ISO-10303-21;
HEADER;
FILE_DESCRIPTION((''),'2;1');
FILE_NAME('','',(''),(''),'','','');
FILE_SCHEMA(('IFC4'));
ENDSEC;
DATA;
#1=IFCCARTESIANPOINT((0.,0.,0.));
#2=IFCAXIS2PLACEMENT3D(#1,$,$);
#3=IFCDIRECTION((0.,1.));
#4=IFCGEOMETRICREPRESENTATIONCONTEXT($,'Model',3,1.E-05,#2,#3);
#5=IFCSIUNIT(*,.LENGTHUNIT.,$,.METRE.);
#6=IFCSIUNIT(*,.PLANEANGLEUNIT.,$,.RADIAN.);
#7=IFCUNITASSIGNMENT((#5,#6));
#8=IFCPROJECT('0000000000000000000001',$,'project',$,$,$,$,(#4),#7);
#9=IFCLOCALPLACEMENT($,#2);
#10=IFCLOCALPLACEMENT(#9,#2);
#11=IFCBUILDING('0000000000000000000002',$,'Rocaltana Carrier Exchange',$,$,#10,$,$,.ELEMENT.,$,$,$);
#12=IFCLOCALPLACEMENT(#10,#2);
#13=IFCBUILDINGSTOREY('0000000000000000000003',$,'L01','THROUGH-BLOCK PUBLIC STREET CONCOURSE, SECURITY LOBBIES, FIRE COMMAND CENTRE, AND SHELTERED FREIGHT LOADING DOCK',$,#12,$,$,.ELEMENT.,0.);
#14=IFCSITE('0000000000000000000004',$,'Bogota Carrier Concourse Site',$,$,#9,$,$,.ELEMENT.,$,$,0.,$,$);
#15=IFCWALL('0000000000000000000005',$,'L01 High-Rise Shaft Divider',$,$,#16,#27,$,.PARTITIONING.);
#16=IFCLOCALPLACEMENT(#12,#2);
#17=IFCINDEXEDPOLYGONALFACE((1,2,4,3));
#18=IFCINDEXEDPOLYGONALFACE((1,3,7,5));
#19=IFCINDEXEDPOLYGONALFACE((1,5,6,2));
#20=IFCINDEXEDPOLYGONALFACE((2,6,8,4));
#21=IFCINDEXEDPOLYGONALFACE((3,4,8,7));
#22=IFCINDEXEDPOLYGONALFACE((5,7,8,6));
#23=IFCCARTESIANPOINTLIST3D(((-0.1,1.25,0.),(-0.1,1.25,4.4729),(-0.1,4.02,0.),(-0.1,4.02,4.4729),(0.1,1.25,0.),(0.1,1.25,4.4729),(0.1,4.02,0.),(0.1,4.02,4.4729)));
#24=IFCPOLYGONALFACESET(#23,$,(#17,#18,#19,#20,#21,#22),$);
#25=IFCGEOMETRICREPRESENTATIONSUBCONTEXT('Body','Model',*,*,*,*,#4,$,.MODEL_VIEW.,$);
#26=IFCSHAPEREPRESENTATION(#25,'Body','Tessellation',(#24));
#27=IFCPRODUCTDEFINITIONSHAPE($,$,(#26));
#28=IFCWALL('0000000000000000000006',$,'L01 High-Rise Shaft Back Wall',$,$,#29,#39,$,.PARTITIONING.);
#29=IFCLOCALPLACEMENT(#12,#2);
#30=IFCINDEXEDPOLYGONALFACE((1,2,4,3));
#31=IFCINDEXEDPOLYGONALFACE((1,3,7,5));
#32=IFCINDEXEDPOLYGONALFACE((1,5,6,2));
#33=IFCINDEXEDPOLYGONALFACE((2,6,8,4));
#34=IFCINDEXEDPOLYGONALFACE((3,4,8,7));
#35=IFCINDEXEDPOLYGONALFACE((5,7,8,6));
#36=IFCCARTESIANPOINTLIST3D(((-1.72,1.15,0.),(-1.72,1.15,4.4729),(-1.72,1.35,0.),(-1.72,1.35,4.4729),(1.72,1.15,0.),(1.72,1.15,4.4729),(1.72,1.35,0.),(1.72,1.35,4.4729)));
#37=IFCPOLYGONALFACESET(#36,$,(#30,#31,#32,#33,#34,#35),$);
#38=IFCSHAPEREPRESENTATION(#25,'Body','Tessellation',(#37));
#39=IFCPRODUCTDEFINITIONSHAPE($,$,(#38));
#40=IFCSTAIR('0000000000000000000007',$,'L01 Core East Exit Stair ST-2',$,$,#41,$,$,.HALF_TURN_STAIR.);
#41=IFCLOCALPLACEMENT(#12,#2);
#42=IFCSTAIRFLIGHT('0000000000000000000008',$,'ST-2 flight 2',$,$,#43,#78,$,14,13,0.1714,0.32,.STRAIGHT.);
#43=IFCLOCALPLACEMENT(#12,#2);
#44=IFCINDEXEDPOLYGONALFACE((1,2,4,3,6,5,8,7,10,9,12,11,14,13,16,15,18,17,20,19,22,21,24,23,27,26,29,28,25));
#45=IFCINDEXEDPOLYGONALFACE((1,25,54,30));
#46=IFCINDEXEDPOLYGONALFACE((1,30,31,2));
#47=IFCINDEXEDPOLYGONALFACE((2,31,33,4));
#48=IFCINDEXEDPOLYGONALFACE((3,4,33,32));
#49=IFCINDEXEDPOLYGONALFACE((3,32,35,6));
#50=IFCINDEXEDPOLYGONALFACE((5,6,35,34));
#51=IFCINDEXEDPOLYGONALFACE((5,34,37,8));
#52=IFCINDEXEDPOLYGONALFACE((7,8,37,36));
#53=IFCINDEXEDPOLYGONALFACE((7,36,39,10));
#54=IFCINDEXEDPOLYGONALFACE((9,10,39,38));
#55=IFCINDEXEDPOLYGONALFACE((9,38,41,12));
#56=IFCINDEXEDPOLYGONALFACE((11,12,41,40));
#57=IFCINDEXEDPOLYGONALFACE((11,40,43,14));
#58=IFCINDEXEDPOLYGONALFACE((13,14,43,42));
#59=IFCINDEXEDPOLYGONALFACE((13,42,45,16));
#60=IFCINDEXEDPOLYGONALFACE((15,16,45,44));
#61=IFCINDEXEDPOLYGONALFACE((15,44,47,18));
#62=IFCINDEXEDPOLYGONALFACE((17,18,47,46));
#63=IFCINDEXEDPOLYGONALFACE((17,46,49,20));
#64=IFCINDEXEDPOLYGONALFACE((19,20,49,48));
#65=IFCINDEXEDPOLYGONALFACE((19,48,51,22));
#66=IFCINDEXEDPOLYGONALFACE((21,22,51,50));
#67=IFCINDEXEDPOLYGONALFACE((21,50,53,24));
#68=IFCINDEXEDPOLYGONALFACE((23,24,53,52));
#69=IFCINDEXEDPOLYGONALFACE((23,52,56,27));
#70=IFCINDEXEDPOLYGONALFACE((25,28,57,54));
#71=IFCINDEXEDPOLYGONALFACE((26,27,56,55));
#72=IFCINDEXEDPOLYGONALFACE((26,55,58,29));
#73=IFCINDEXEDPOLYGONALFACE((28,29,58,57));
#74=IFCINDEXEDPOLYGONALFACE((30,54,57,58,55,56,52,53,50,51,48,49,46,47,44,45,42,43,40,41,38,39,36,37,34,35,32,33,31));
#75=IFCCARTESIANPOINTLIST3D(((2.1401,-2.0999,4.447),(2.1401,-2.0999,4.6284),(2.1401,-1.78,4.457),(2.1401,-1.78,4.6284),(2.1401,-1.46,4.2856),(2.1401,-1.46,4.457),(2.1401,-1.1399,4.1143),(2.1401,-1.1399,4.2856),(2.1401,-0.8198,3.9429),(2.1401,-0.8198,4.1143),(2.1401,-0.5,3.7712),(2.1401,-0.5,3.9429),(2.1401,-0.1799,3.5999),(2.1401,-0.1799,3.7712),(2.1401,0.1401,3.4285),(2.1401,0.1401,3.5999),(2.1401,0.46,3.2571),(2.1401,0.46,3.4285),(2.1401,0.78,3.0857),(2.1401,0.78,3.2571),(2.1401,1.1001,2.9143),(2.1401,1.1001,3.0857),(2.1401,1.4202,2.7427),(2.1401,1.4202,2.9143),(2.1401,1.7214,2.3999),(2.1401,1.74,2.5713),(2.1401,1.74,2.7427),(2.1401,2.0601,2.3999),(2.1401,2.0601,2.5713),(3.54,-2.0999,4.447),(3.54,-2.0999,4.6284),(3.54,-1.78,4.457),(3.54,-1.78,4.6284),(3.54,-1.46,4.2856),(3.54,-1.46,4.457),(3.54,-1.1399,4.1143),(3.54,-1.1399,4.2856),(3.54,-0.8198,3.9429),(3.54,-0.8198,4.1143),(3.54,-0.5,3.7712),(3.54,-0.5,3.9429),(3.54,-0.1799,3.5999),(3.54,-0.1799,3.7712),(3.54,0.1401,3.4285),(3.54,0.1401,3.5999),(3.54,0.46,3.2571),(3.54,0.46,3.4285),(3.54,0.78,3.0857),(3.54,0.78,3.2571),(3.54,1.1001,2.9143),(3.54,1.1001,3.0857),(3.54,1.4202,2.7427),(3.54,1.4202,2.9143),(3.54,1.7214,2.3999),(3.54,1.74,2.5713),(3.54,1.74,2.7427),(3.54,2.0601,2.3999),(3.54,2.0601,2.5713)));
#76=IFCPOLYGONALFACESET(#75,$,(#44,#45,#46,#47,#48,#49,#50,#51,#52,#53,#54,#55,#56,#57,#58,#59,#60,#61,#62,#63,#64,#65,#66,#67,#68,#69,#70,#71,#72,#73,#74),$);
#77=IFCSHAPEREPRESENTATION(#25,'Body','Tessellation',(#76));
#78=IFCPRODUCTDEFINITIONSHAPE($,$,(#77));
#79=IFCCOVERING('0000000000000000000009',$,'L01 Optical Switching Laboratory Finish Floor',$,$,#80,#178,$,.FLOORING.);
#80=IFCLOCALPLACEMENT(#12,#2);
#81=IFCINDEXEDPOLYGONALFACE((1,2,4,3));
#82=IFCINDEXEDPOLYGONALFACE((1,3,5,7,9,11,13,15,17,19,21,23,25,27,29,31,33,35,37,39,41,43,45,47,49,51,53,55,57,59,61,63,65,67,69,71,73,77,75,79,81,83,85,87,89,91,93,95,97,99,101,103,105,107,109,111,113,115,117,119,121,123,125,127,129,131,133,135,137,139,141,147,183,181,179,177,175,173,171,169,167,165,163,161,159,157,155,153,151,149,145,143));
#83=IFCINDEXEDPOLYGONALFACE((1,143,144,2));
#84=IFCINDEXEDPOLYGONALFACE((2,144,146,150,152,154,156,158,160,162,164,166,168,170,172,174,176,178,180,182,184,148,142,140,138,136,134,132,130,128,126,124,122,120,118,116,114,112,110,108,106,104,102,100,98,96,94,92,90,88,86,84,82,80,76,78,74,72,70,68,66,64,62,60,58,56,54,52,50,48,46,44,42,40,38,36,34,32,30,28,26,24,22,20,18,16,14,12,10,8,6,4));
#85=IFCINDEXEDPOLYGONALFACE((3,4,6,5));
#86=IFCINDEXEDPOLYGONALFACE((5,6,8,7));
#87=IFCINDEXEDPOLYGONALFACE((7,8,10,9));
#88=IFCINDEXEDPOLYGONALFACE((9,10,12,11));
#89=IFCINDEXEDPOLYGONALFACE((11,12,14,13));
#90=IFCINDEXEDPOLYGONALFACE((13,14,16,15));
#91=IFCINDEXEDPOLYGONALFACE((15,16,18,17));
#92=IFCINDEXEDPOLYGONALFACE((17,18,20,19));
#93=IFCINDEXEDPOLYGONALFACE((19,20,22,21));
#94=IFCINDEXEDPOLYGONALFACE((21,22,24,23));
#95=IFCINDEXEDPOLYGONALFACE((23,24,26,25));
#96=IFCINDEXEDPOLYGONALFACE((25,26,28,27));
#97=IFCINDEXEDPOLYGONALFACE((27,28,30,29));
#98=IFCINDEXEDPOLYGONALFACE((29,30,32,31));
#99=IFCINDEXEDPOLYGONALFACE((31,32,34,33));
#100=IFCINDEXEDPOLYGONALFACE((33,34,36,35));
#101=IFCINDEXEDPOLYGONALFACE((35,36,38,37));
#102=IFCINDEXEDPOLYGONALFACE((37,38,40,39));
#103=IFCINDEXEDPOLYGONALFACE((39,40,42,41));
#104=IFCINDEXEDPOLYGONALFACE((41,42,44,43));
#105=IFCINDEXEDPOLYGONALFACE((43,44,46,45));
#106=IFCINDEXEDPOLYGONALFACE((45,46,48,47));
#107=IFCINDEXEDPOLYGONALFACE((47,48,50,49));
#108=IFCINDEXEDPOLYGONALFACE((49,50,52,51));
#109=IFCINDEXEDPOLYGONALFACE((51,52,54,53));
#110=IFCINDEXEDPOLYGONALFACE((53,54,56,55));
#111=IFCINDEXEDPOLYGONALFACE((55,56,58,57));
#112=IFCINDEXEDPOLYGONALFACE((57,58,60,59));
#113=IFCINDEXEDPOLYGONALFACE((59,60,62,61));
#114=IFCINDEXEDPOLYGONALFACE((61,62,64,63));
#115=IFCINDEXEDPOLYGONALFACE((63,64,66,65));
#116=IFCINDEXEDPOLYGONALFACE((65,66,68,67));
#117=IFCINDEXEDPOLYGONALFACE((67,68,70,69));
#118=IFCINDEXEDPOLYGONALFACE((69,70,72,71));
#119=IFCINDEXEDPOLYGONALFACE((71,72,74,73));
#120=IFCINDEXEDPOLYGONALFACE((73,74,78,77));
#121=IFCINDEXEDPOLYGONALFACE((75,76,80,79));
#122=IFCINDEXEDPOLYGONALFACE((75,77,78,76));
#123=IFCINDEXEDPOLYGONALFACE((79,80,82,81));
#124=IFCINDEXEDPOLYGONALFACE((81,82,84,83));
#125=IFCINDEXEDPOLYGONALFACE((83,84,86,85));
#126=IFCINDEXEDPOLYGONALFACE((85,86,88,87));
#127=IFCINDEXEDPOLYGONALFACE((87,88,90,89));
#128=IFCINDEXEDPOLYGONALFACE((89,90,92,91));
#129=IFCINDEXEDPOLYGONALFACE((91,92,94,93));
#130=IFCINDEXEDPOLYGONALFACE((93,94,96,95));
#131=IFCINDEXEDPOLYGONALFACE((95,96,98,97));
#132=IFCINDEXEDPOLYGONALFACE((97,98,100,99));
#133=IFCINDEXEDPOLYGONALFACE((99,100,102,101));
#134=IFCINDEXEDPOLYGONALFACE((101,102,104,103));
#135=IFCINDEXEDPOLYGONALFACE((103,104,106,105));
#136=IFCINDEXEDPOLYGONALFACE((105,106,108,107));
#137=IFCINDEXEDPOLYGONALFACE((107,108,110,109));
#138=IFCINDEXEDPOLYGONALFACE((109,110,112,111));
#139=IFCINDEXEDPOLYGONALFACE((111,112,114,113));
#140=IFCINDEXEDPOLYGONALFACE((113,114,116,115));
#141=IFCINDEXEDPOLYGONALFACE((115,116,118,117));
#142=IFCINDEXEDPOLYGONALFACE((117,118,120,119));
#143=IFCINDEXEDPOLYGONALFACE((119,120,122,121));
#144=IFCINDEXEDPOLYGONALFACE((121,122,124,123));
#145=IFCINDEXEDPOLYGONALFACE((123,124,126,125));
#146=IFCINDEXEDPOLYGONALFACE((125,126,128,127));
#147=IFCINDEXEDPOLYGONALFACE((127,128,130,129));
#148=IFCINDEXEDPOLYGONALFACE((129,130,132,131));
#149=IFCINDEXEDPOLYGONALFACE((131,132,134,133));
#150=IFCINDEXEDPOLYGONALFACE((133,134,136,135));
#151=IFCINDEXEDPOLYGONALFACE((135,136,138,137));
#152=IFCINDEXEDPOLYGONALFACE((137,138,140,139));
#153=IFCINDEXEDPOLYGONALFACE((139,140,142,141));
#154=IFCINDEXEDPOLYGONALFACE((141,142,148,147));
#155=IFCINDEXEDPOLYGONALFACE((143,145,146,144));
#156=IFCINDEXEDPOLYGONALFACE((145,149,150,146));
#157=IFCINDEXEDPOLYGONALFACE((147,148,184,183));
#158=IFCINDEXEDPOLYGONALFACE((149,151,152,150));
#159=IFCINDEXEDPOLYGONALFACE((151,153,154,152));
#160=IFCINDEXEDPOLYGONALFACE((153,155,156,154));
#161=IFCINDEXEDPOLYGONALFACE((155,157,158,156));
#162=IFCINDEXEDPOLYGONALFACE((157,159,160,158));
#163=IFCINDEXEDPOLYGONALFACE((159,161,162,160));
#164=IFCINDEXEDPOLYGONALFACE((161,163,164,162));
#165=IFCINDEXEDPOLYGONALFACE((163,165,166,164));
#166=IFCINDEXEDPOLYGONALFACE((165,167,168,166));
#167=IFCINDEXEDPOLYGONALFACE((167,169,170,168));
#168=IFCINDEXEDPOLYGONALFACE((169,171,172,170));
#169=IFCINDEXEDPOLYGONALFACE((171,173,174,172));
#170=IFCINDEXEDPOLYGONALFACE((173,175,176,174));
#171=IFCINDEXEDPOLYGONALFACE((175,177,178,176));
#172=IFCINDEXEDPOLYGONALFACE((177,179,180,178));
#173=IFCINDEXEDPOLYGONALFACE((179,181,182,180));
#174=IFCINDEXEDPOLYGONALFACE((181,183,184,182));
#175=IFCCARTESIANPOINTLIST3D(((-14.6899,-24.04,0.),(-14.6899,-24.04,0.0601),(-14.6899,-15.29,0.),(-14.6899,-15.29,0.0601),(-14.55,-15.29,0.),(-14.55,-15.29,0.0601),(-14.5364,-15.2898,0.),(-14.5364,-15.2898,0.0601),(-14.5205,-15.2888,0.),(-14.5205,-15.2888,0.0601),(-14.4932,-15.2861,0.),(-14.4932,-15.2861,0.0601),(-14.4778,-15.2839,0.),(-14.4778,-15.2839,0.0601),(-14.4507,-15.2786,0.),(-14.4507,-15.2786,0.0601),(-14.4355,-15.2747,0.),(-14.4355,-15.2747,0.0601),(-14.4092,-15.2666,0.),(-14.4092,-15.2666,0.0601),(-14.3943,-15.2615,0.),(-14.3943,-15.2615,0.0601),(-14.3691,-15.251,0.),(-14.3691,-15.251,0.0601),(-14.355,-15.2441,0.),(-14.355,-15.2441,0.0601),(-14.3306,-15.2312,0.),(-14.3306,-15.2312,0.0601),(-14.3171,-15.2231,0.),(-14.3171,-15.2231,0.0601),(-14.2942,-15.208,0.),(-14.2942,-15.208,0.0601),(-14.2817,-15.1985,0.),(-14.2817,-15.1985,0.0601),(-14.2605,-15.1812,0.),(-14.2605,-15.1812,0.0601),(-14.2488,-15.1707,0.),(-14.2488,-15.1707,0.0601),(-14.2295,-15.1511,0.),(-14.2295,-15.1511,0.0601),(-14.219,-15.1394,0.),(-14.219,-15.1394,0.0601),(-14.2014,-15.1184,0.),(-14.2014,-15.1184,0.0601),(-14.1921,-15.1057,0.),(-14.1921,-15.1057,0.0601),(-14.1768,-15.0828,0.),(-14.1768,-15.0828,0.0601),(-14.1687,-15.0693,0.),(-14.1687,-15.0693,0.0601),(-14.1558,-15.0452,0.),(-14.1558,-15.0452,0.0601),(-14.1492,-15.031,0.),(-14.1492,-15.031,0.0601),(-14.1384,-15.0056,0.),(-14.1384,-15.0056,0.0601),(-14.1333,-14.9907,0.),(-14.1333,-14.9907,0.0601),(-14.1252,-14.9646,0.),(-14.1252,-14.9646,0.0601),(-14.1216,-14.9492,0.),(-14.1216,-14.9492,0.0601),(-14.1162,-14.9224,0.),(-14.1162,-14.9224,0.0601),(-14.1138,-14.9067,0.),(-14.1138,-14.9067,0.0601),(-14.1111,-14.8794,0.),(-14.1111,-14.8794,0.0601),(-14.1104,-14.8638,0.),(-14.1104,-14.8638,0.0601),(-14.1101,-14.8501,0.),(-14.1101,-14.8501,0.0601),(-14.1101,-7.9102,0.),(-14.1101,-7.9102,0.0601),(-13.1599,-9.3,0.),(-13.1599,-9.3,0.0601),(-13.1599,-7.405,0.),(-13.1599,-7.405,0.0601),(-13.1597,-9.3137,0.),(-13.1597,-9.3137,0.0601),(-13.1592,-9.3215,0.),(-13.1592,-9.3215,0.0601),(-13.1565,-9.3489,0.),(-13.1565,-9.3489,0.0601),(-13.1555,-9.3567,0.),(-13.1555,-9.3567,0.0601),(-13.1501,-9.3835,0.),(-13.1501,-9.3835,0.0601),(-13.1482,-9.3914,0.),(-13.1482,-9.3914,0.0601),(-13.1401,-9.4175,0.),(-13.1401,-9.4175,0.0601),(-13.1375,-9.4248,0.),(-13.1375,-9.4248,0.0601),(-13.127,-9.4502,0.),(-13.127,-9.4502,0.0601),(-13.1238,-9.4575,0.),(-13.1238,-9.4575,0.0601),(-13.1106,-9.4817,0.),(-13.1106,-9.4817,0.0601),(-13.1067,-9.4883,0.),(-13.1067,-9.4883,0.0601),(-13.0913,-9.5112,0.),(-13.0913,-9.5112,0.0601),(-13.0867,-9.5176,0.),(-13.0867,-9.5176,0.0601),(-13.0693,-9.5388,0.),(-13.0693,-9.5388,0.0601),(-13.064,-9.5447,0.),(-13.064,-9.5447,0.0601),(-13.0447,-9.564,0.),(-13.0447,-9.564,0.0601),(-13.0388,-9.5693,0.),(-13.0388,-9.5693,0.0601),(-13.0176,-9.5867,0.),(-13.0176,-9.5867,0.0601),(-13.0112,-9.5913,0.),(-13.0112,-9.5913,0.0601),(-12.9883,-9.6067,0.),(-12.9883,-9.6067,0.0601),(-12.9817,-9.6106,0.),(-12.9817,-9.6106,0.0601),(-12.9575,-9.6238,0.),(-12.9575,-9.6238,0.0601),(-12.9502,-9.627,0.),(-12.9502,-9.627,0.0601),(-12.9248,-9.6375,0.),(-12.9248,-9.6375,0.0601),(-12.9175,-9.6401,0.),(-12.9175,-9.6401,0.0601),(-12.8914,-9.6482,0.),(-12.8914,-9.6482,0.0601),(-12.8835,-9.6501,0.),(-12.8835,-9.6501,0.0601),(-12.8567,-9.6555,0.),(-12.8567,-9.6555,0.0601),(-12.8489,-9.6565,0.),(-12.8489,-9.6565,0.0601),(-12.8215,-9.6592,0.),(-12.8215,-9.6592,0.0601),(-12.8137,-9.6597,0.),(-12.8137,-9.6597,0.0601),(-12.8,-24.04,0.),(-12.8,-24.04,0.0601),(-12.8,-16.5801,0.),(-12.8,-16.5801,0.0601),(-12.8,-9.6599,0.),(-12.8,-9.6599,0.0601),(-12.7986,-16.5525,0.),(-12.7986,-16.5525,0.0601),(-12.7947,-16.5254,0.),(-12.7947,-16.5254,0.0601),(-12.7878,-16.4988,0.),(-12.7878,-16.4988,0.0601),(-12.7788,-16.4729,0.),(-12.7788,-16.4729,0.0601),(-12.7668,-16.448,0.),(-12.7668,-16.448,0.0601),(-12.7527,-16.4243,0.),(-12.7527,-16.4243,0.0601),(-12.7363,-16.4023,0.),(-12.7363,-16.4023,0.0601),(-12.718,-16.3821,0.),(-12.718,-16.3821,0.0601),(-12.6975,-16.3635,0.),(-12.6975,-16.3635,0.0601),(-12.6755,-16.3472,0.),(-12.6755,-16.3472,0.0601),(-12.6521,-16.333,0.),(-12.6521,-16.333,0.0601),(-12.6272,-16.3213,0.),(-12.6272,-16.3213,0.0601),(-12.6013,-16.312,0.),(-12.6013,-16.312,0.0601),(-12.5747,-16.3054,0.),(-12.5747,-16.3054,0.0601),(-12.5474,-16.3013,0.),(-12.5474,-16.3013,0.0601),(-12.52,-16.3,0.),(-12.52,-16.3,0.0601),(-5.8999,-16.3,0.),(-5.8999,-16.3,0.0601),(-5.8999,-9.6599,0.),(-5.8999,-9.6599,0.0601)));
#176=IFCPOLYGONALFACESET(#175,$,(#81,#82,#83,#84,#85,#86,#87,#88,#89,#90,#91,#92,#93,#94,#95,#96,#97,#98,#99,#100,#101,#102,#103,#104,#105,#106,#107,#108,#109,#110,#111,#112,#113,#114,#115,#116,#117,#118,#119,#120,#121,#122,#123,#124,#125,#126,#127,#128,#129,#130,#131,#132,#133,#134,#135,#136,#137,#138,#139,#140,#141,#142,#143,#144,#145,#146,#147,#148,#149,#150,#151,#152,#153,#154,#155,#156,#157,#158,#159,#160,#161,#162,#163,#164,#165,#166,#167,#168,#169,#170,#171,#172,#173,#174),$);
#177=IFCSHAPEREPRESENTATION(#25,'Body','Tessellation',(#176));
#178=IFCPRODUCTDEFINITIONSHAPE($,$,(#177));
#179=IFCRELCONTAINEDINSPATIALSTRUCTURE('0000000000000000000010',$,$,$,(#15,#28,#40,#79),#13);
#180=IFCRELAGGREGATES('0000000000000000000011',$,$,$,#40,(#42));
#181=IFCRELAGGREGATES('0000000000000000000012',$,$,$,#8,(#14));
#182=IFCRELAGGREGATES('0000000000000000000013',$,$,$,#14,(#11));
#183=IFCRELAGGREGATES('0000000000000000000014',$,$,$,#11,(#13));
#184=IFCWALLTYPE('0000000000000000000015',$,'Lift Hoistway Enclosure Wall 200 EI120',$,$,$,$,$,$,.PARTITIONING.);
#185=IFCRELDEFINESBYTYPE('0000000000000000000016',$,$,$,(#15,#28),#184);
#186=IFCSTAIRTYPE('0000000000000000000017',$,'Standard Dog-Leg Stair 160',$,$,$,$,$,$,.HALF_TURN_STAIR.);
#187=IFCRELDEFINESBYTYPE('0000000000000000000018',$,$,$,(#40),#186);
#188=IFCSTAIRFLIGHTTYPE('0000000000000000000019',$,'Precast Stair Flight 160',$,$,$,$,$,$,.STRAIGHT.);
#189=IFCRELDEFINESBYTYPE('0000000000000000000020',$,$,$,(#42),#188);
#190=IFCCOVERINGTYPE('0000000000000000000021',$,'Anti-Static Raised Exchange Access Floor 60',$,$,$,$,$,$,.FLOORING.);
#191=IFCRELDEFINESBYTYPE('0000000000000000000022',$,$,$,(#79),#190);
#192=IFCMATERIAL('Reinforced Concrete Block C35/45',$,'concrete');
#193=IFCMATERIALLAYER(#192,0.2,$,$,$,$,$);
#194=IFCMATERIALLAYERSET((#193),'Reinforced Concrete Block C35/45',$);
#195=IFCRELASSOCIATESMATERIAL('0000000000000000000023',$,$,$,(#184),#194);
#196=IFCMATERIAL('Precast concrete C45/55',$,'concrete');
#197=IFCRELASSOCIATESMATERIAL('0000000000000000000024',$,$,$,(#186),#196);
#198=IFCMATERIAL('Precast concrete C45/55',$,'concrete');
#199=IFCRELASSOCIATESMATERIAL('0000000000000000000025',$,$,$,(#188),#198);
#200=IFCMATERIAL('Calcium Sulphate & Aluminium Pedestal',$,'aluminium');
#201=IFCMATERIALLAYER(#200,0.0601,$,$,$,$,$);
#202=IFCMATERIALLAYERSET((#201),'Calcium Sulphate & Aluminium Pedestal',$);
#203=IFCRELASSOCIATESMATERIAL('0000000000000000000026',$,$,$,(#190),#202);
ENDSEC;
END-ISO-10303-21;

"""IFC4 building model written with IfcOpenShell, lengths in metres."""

from ifc_helpers import new_model, si_unit, direction, frame, frame_2d, origin, place, context, subcontext, project, spatial, polyline, rectangle, outline, extrude, material, layer, layer_set, type_object, element, aggregate, save


model = new_model("IFC4")

# Units and contexts
model_context = context("Model", 3, precision=1e-05, world=origin(), true_north=direction((0.0, 1.0)))
body_context = subcontext(model_context, "Body", "Model", "MODEL_VIEW")
ifc_project = project(units=[si_unit("LENGTHUNIT", "METRE"), si_unit("PLANEANGLEUNIT", "RADIAN")], contexts=[model_context])

# Site, building, storey
site_placement = place(None, origin())
site = spatial("IfcSite", under=ifc_project, at=site_placement, Name="Bogota Carrier Concourse Site", CompositionType="ELEMENT", RefElevation=0.0)
building_placement = place(site_placement, origin())
building = spatial("IfcBuilding", under=site, at=building_placement, Name="Rocaltana Carrier Exchange", CompositionType="ELEMENT")
storey_placement = place(building_placement, origin())
storey = spatial("IfcBuildingStorey", under=building, at=storey_placement, Name="L01", Description="THROUGH-BLOCK PUBLIC STREET CONCOURSE, SECURITY LOBBIES, FIRE COMMAND CENTRE, AND SHELTERED FREIGHT LOADING DOCK", CompositionType="ELEMENT", Elevation=0.0)

# Walls
ifc_material_1 = material(Name="Reinforced Concrete Block C35/45", Category="concrete")
ifc_layer_1 = layer(ifc_material_1, 0.2)
ifc_layer_set_1 = layer_set([ifc_layer_1], Name="Reinforced Concrete Block C35/45")
wall_type = type_object("IfcWallType", Name="Lift Hoistway Enclosure Wall 200 EI120", PredefinedType="PARTITIONING", material=ifc_layer_set_1)
wall_1_placement = place(storey_placement, frame((0.0, 1.25, 0.0), z_axis=(0.0, 0.0, 1.0), x_axis=(0.0, 1.0, 0.0)))
element("IfcWall", 1, at=wall_1_placement, inside=storey, type_object=wall_type, Name="L01 High-Rise Shaft Divider", PredefinedType="PARTITIONING", context=body_context, shape_type="SweptSolid", body=[
    extrude(rectangle(XDim=2.77, YDim=0.2, at=frame_2d((1.385, 0.0))), origin(), (0.0, 0.0, 1.0), 4.4729),
])
wall_2_placement = place(storey_placement, frame((-1.72, 1.25, 0.0), z_axis=(0.0, 0.0, 1.0), x_axis=(1.0, 0.0, 0.0)))
element("IfcWall", 2, at=wall_2_placement, inside=storey, type_object=wall_type, Name="L01 High-Rise Shaft Back Wall", PredefinedType="PARTITIONING", context=body_context, shape_type="SweptSolid", body=[
    extrude(rectangle(XDim=3.4399, YDim=0.2, at=frame_2d((1.72, 0.0))), origin(), (0.0, 0.0, 1.0), 4.4729),
])

# Stair, stair flight
ifc_material_2 = material(Name="Precast concrete C45/55", Category="concrete")
stair_type = type_object("IfcStairType", Name="Standard Dog-Leg Stair 160", PredefinedType="HALF_TURN_STAIR", material=ifc_material_2)
stair_placement = place(storey_placement, origin())
stair = element("IfcStair", 3, at=stair_placement, inside=storey, type_object=stair_type, Name="L01 Core East Exit Stair ST-2", PredefinedType="HALF_TURN_STAIR")
ifc_material_3 = material(Name="Precast concrete C45/55", Category="concrete")
stair_flight_type = type_object("IfcStairFlightType", Name="Precast Stair Flight 160", PredefinedType="STRAIGHT", material=ifc_material_3)
stair_flight_placement = place(storey_placement, frame((2.8401, 2.0601, 2.3999), z_axis=(0.0, 0.0, 1.0), x_axis=(0.0, -1.0, 0.0)))
stair_flight = element("IfcStairFlight", 4, at=stair_flight_placement, type_object=stair_flight_type, Name="ST-2 flight 2", NumberOfRisers=14, NumberOfTreads=13, PredefinedType="STRAIGHT", RiserHeight=0.1714, TreadLength=0.32, context=body_context, shape_type="SweptSolid", body=[
    extrude(outline(polyline([(0.0, 0.0), (0.0, 0.1714), (0.3201, 0.1714), (0.3201, 0.3428), (0.6399, 0.3428), (0.6399, 0.5144), (0.96, 0.5144), (0.96, 0.6858), (1.28, 0.6858), (1.28, 0.8572), (1.6001, 0.8572), (1.6001, 1.0286), (1.9199, 1.0286), (1.9199, 1.2), (2.24, 1.2), (2.24, 1.3713), (2.5601, 1.3713), (2.5601, 1.543), (2.8799, 1.543), (2.8799, 1.7144), (3.2, 1.7144), (3.2, 1.8857), (3.52, 1.8857), (3.52, 2.0571), (3.8401, 2.0571), (3.8401, 2.2285), (4.1599, 2.2285), (4.1599, 2.3999), (4.1599, 2.0471), (0.3386, 0.0), (0.0, 0.0)])), frame((0.0, 0.7, 0.0), z_axis=(0.0, -1.0, 0.0), x_axis=(1.0, 0.0, 0.0)), (0.0, 0.0, 1.0), 1.3999),
])
aggregate(stair, [stair_flight])

# Covering
ifc_material_4 = material(Name="Calcium Sulphate & Aluminium Pedestal", Category="aluminium")
ifc_layer_2 = layer(ifc_material_4, 0.0601)
ifc_layer_set_2 = layer_set([ifc_layer_2], Name="Calcium Sulphate & Aluminium Pedestal")
covering_type_1 = type_object("IfcCoveringType", Name="Anti-Static Raised Exchange Access Floor 60", PredefinedType="FLOORING", material=ifc_layer_set_2)
covering_1_placement = place(storey_placement, origin())
element("IfcCovering", 5, at=covering_1_placement, inside=storey, type_object=covering_type_1, Name="L01 Optical Switching Laboratory Finish Floor", PredefinedType="FLOORING", context=body_context, shape_type="SweptSolid", body=[
    extrude(outline(polyline([(-13.1599, -9.3), (-13.1597, -9.3137), (-13.1592, -9.3215), (-13.1565, -9.3489), (-13.1555, -9.3567), (-13.1501, -9.3835), (-13.1482, -9.3914), (-13.1401, -9.4175), (-13.1375, -9.4248), (-13.127, -9.4502), (-13.1238, -9.4575), (-13.1106, -9.4817), (-13.1067, -9.4883), (-13.0913, -9.5112), (-13.0867, -9.5176), (-13.0693, -9.5388), (-13.064, -9.5447), (-13.0447, -9.564), (-13.0388, -9.5693), (-13.0176, -9.5867), (-13.0112, -9.5913), (-12.9883, -9.6067), (-12.9817, -9.6106), (-12.9575, -9.6238), (-12.9502, -9.627), (-12.9248, -9.6375), (-12.9175, -9.6401), (-12.8914, -9.6482), (-12.8835, -9.6501), (-12.8567, -9.6555), (-12.8489, -9.6565), (-12.8215, -9.6592), (-12.8137, -9.6597), (-12.8, -9.6599), (-5.8999, -9.6599), (-5.8999, -16.3), (-12.52, -16.3), (-12.5474, -16.3013), (-12.5747, -16.3054), (-12.6013, -16.312), (-12.6272, -16.3213), (-12.6521, -16.333), (-12.6755, -16.3472), (-12.6975, -16.3635), (-12.718, -16.3821), (-12.7363, -16.4023), (-12.7527, -16.4243), (-12.7668, -16.448), (-12.7788, -16.4729), (-12.7878, -16.4988), (-12.7947, -16.5254), (-12.7986, -16.5525), (-12.8, -16.5801), (-12.8, -24.04), (-14.6899, -24.04), (-14.6899, -15.29), (-14.55, -15.29), (-14.5364, -15.2898), (-14.5205, -15.2888), (-14.4932, -15.2861), (-14.4778, -15.2839), (-14.4507, -15.2786), (-14.4355, -15.2747), (-14.4092, -15.2666), (-14.3943, -15.2615), (-14.3691, -15.251), (-14.355, -15.2441), (-14.3306, -15.2312), (-14.3171, -15.2231), (-14.2942, -15.208), (-14.2817, -15.1985), (-14.2605, -15.1812), (-14.2488, -15.1707), (-14.2295, -15.1511), (-14.219, -15.1394), (-14.2014, -15.1184), (-14.1921, -15.1057), (-14.1768, -15.0828), (-14.1687, -15.0693), (-14.1558, -15.0452), (-14.1492, -15.031), (-14.1384, -15.0056), (-14.1333, -14.9907), (-14.1252, -14.9646), (-14.1216, -14.9492), (-14.1162, -14.9224), (-14.1138, -14.9067), (-14.1111, -14.8794), (-14.1104, -14.8638), (-14.1101, -14.8501), (-14.1101, -7.9102), (-13.1599, -7.405), (-13.1599, -9.3)])), origin(), (0.0, 0.0, 1.0), 0.0601),
])

save(model, "model.ifc")
